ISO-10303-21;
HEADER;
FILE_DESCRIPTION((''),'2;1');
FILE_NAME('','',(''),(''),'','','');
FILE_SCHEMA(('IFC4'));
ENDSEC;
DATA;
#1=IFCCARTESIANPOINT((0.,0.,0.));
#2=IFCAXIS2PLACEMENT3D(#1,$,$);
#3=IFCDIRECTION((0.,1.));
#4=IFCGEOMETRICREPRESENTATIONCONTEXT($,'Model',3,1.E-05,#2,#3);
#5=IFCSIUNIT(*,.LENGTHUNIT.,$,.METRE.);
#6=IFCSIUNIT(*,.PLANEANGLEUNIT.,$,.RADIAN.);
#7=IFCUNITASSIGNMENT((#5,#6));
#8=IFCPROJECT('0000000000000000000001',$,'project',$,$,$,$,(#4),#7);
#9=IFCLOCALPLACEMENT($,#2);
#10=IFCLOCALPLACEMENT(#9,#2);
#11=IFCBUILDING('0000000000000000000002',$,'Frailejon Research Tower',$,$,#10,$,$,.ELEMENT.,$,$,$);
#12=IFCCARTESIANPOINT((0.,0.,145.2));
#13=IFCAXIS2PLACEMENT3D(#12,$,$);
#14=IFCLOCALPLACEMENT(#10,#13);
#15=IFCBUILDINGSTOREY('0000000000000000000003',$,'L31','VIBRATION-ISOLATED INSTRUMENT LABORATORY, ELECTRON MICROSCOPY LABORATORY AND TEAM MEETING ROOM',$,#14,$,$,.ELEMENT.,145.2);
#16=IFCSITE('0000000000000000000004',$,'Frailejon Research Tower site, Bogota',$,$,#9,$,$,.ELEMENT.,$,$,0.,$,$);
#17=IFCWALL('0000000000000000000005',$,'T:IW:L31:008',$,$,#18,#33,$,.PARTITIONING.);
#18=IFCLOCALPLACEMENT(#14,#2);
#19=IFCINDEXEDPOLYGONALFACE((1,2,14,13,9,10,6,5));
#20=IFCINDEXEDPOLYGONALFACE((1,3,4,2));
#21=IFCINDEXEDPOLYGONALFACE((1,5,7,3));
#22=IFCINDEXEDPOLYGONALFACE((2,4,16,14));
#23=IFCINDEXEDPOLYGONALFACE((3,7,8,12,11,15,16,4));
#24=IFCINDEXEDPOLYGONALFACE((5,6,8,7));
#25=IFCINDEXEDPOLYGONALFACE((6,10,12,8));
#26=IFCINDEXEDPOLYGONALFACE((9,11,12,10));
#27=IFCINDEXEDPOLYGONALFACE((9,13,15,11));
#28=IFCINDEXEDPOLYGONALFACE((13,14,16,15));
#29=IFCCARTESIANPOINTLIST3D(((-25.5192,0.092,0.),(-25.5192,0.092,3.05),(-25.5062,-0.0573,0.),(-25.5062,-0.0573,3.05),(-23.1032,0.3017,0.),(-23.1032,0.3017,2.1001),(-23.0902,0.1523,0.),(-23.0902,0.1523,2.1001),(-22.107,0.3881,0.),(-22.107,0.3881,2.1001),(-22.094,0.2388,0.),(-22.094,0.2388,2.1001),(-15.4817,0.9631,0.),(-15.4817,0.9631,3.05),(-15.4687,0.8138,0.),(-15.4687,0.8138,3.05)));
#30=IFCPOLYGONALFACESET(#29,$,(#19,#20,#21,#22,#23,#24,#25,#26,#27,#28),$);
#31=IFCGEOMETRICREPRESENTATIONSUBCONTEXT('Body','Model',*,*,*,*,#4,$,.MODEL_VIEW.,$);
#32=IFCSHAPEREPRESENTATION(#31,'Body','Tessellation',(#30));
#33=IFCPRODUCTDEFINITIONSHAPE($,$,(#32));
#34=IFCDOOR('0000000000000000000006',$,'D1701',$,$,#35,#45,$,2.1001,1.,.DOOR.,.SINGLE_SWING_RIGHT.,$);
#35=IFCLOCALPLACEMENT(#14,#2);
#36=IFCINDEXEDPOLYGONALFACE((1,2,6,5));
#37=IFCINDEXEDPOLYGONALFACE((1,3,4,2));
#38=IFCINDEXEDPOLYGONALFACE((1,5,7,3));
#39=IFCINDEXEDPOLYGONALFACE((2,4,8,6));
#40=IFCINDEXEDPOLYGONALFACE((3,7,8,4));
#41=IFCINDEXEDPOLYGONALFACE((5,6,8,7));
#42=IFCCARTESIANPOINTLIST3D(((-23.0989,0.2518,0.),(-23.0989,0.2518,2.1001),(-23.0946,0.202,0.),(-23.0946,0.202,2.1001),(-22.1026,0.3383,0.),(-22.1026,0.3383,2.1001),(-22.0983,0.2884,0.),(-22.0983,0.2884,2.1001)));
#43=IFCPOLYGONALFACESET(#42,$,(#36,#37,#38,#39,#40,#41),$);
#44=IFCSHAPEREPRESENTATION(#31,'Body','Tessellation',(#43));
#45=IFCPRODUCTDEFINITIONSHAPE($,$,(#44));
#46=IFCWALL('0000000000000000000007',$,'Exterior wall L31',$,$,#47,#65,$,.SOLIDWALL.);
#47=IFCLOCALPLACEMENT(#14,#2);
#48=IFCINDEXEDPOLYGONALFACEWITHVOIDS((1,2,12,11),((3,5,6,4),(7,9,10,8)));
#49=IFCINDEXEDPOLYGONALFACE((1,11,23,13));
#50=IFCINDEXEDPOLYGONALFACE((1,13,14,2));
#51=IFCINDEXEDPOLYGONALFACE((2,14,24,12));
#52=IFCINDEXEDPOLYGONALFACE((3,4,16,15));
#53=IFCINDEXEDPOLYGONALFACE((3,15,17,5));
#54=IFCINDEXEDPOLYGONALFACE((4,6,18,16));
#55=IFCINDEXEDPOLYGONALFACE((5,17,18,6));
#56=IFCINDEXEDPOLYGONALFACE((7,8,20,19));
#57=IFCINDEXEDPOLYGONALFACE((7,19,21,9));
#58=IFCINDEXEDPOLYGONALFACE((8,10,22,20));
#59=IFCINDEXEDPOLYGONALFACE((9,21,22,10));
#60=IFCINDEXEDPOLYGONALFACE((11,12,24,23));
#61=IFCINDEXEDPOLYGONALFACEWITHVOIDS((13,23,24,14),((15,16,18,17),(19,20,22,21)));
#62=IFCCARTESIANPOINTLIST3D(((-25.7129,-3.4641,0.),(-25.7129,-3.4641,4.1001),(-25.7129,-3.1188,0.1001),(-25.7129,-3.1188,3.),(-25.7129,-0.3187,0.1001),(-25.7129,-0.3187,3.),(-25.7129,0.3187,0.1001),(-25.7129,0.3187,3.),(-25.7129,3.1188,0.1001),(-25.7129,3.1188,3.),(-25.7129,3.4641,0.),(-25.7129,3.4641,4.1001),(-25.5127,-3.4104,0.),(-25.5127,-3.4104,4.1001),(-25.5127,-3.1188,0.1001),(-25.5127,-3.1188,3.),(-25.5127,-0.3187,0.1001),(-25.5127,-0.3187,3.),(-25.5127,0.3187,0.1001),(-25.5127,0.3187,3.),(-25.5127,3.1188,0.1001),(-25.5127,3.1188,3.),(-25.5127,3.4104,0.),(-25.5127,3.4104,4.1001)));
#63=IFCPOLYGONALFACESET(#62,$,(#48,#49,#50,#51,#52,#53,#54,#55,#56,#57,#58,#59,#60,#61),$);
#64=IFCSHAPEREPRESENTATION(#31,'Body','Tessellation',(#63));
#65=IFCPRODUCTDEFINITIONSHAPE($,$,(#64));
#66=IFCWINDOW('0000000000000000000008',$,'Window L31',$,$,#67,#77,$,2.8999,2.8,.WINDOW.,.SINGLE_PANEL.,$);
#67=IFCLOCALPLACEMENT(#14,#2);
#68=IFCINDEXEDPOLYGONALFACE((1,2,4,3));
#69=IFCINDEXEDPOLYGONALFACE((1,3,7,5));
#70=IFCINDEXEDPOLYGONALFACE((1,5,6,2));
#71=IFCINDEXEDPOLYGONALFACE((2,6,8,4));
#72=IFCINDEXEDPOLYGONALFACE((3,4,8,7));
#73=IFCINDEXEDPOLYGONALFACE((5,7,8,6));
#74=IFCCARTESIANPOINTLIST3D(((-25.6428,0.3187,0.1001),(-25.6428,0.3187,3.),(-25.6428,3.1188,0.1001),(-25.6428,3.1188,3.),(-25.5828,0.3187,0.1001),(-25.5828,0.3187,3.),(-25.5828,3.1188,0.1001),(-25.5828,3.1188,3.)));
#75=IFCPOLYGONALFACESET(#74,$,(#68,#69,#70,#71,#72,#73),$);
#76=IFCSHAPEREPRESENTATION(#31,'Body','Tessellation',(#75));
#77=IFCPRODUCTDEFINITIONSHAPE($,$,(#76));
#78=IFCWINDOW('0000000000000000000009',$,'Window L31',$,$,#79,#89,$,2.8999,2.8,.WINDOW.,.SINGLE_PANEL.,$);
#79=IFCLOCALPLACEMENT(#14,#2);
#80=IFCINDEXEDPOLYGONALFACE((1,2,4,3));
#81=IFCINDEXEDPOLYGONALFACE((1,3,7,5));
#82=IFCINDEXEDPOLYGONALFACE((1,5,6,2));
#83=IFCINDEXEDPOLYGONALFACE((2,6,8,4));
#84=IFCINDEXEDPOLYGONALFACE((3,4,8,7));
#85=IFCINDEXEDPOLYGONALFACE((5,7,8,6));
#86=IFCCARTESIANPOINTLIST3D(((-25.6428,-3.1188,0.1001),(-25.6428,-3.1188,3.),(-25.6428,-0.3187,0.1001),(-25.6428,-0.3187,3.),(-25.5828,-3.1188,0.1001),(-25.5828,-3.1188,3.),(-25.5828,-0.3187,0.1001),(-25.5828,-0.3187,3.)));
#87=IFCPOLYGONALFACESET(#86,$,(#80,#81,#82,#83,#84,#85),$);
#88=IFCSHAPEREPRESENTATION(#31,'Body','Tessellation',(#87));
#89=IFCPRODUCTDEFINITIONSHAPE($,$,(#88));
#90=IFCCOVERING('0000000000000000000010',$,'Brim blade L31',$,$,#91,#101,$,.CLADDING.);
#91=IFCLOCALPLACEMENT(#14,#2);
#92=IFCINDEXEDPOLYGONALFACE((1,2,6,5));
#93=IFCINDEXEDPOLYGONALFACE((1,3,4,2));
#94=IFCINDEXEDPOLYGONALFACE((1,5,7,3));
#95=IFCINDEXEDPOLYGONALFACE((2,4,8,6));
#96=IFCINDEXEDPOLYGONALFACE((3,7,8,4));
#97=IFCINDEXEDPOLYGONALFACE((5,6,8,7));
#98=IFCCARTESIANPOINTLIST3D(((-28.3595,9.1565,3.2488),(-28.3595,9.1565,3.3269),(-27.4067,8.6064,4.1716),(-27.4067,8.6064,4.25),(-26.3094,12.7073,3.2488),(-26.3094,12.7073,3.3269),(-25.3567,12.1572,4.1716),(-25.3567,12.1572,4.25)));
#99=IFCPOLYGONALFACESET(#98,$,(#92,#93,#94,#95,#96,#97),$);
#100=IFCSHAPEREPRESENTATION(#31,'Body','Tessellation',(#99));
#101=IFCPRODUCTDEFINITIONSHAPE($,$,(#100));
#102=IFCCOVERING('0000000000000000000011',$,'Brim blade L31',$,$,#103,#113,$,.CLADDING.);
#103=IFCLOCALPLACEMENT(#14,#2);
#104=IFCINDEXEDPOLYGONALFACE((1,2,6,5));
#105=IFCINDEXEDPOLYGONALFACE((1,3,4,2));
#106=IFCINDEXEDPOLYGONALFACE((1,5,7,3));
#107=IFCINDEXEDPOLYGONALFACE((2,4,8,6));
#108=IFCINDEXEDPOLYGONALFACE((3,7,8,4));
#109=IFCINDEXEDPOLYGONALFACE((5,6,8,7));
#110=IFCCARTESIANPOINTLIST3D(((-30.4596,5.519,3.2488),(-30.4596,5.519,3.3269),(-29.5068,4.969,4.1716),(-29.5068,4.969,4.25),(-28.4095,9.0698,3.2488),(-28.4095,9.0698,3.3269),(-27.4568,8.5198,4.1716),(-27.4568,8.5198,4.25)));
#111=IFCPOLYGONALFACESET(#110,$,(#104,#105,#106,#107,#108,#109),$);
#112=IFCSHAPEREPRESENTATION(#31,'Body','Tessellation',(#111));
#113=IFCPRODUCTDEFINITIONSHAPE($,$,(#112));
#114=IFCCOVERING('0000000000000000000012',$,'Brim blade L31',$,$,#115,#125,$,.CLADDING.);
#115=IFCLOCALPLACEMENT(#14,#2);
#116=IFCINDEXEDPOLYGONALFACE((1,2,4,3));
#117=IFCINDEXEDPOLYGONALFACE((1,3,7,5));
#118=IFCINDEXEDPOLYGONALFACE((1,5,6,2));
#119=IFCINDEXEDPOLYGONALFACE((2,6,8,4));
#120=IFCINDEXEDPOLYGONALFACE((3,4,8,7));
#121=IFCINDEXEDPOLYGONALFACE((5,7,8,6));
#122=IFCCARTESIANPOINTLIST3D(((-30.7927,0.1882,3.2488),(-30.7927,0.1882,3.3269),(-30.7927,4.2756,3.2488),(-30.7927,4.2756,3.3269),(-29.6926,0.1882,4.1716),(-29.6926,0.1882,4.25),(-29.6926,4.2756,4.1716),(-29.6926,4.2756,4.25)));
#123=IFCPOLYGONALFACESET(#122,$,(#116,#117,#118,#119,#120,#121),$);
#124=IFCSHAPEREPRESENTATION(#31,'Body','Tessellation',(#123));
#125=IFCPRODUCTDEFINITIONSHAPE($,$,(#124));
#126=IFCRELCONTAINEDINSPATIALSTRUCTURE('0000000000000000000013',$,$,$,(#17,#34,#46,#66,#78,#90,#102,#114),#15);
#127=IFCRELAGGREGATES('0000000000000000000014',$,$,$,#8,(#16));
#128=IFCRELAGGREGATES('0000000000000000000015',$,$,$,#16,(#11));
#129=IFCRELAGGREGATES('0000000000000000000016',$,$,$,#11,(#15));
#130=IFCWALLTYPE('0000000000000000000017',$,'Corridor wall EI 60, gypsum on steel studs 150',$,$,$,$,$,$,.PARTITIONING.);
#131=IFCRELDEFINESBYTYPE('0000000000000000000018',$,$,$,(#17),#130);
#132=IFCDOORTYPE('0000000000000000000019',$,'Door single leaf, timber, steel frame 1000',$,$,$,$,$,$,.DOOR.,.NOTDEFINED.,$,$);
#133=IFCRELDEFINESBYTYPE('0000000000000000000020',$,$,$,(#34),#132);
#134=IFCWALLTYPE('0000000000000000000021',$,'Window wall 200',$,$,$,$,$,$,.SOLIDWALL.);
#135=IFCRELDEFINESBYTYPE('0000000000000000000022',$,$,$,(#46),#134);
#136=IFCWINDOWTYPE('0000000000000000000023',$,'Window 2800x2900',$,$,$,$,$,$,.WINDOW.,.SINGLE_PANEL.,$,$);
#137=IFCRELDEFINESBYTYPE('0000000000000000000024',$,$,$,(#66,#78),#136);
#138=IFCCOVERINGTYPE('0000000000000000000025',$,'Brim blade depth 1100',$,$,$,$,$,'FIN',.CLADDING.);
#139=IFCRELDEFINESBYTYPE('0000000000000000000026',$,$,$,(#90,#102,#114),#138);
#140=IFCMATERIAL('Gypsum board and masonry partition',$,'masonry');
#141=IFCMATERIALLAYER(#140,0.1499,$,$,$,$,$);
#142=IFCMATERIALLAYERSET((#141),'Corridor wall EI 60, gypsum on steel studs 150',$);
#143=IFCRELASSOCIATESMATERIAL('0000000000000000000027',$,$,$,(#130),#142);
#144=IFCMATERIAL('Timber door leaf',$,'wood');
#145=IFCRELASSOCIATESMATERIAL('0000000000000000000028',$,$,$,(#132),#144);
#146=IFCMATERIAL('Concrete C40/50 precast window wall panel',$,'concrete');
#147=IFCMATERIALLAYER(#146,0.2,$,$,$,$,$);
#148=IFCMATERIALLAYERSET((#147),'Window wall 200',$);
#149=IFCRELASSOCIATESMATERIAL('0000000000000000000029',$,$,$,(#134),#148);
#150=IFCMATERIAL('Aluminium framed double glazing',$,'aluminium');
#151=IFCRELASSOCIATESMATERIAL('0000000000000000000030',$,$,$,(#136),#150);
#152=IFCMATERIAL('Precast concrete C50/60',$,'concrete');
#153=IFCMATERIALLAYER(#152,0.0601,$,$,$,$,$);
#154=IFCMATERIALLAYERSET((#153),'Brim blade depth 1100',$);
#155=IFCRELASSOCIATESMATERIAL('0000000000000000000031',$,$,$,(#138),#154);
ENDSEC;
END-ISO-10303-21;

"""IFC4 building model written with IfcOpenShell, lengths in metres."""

from ifc_helpers import new_model, si_unit, direction, frame, frame_2d, origin, place, context, subcontext, project, spatial, polyline, rectangle, outline, extrude, material, layer, layer_set, type_object, element, fill, save


model = new_model("IFC4")

# Units and contexts
model_context = context("Model", 3, precision=1e-05, world=origin(), true_north=direction((0.0, 1.0)))
body_context = subcontext(model_context, "Body", "Model", "MODEL_VIEW")
ifc_project = project(units=[si_unit("LENGTHUNIT", "METRE"), si_unit("PLANEANGLEUNIT", "RADIAN")], contexts=[model_context])

# Site, building, storey
site_placement = place(None, origin())
site = spatial("IfcSite", under=ifc_project, at=site_placement, Name="Frailejon Research Tower site, Bogota", CompositionType="ELEMENT", RefElevation=0.0)
building_placement = place(site_placement, origin())
building = spatial("IfcBuilding", under=site, at=building_placement, Name="Frailejon Research Tower", CompositionType="ELEMENT")
storey_placement = place(building_placement, frame((0.0, 0.0, 145.2)))
storey = spatial("IfcBuildingStorey", under=building, at=storey_placement, Name="L31", Description="VIBRATION-ISOLATED INSTRUMENT LABORATORY, ELECTRON MICROSCOPY LABORATORY AND TEAM MEETING ROOM", CompositionType="ELEMENT", Elevation=145.2)

# Wall, opening, door
ifc_material_1 = material(Name="Gypsum board and masonry partition", Category="masonry")
ifc_layer_1 = layer(ifc_material_1, 0.1499)
ifc_layer_set_1 = layer_set([ifc_layer_1], Name="Corridor wall EI 60, gypsum on steel studs 150")
wall_type_1 = type_object("IfcWallType", Name="Corridor wall EI 60, gypsum on steel studs 150", PredefinedType="PARTITIONING", material=ifc_layer_set_1)
ifc_material_2 = material(Name="Timber door leaf", Category="wood")
door_type = type_object("IfcDoorType", Name="Door single leaf, timber, steel frame 1000", OperationType="NOTDEFINED", PredefinedType="DOOR", material=ifc_material_2)
wall_1_placement = place(storey_placement, frame((-25.5127, 0.0173, 0.0), z_axis=(0.0, 0.0, 1.0), x_axis=(0.996255, 0.08646, 0.0)))
wall_1 = element("IfcWall", 1, at=wall_1_placement, inside=storey, type_object=wall_type_1, Name="T:IW:L31:008", PredefinedType="PARTITIONING", context=body_context, shape_type="SweptSolid", body=[
    extrude(rectangle(XDim=10.0752, YDim=0.1499, at=frame_2d((5.0376, 0.0))), origin(), (0.0, 0.0, 1.0), 3.05),
])
opening_1_placement = place(wall_1_placement, frame((2.425, 0.0, 0.0)))
opening_1 = element("IfcOpeningElement", 2, at=opening_1_placement, cuts=wall_1, PredefinedType="OPENING", context=body_context, shape_type="SweptSolid", body=[
    extrude(rectangle(XDim=1.0, YDim=2.1001, at=frame_2d((0.5, 1.05))), frame((0.0, 0.085, 0.0), z_axis=(0.0, -1.0, 0.0), x_axis=(1.0, 0.0, 0.0)), (0.0, 0.0, 1.0), 0.1699),
])
door_1_placement = place(opening_1_placement, origin())
door_1 = element("IfcDoor", 3, at=door_1_placement, inside=storey, type_object=door_type, Name="D1701", OperationType="SINGLE_SWING_RIGHT", OverallHeight=2.1001, OverallWidth=1.0, PredefinedType="DOOR", context=body_context, shape_type="SweptSolid", body=[
    extrude(rectangle(XDim=1.0, YDim=2.1001, at=frame_2d((0.5, 1.05))), frame((0.0, 0.0249, 0.0), z_axis=(0.0, -1.0, 0.0), x_axis=(1.0, 0.0, 0.0)), (0.0, 0.0, 1.0), 0.05),
])
fill(opening_1, door_1)

# Wall, openings, windows
ifc_material_3 = material(Name="Concrete C40/50 precast window wall panel", Category="concrete")
ifc_layer_2 = layer(ifc_material_3, 0.2)
ifc_layer_set_2 = layer_set([ifc_layer_2], Name="Window wall 200")
wall_type_2 = type_object("IfcWallType", Name="Window wall 200", PredefinedType="SOLIDWALL", material=ifc_layer_set_2)
wall_2_placement = place(storey_placement, frame((-25.6128, 3.4373, 0.0), z_axis=(0.0, 0.0, 1.0), x_axis=(0.0, -1.0, 0.0)))
wall_2 = element("IfcWall", 4, at=wall_2_placement, inside=storey, type_object=wall_type_2, Name="Exterior wall L31", PredefinedType="SOLIDWALL", context=body_context, shape_type="SweptSolid", body=[
    extrude(outline(polyline([(-0.0269, -0.1001), (1.1279, -0.1001), (2.2825, -0.1001), (3.4373, -0.1001), (4.592, -0.1001), (5.7466, -0.1001), (6.9014, -0.1001), (6.8477, 0.1001), (5.7109, 0.1001), (4.574, 0.1001), (3.4373, 0.1001), (2.3005, 0.1001), (1.1636, 0.1001), (0.0269, 0.1001), (-0.0269, -0.1001)])), origin(), (0.0, 0.0, 1.0), 4.1001),
])
opening_2_placement = place(wall_2_placement, frame((0.3186, 0.0, 0.1001)))
opening_2 = element("IfcOpeningElement", 5, at=opening_2_placement, cuts=wall_2, PredefinedType="OPENING", context=body_context, shape_type="SweptSolid", body=[
    extrude(rectangle(XDim=2.8, YDim=2.8999, at=frame_2d((1.3999, 1.45))), frame((0.0, 0.1099, 0.0), z_axis=(0.0, -1.0, 0.0), x_axis=(1.0, 0.0, 0.0)), (0.0, 0.0, 1.0), 0.22),
])
opening_3_placement = place(wall_2_placement, frame((3.7561, 0.0, 0.1001)))
opening_3 = element("IfcOpeningElement", 6, at=opening_3_placement, cuts=wall_2, PredefinedType="OPENING", context=body_context, shape_type="SweptSolid", body=[
    extrude(rectangle(XDim=2.8, YDim=2.8999, at=frame_2d((1.3999, 1.45))), frame((0.0, 0.1099, 0.0), z_axis=(0.0, -1.0, 0.0), x_axis=(1.0, 0.0, 0.0)), (0.0, 0.0, 1.0), 0.22),
])
ifc_material_4 = material(Name="Aluminium framed double glazing", Category="aluminium")
window_type = type_object("IfcWindowType", Name="Window 2800x2900", PartitioningType="SINGLE_PANEL", PredefinedType="WINDOW", material=ifc_material_4)
window_1_placement = place(opening_2_placement, origin())
window_1 = element("IfcWindow", 7, at=window_1_placement, inside=storey, type_object=window_type, Name="Window L31", OverallHeight=2.8999, OverallWidth=2.8, PartitioningType="SINGLE_PANEL", PredefinedType="WINDOW", context=body_context, shape_type="SweptSolid", body=[
    extrude(rectangle(XDim=2.8, YDim=2.8999, at=frame_2d((1.3999, 1.45))), frame((0.0, 0.03, 0.0), z_axis=(0.0, -1.0, 0.0), x_axis=(1.0, 0.0, 0.0)), (0.0, 0.0, 1.0), 0.0601),
])
fill(opening_2, window_1)
window_2_placement = place(opening_3_placement, origin())
window_2 = element("IfcWindow", 8, at=window_2_placement, inside=storey, type_object=window_type, Name="Window L31", OverallHeight=2.8999, OverallWidth=2.8, PartitioningType="SINGLE_PANEL", PredefinedType="WINDOW", context=body_context, shape_type="SweptSolid", body=[
    extrude(rectangle(XDim=2.8, YDim=2.8999, at=frame_2d((1.3999, 1.45))), frame((0.0, 0.03, 0.0), z_axis=(0.0, -1.0, 0.0), x_axis=(1.0, 0.0, 0.0)), (0.0, 0.0, 1.0), 0.0601),
])
fill(opening_3, window_2)

# Coverings
ifc_material_5 = material(Name="Precast concrete C50/60", Category="concrete")
ifc_layer_3 = layer(ifc_material_5, 0.0601)
ifc_layer_set_3 = layer_set([ifc_layer_3], Name="Brim blade depth 1100")
covering_type = type_object("IfcCoveringType", Name="Brim blade depth 1100", ElementType="FIN", PredefinedType="CLADDING", material=ifc_layer_set_3)
for number, where, z_axis, x_axis, name in (
    (9, (-27.4067, 8.6064, 4.25), (0.500001, 0.866025, 0.0), (-0.866025, 0.500001, 0.0), "Brim blade L31"),
    (10, (-29.5068, 4.969, 4.25), (0.49999, 0.866031, 0.0), (-0.866031, 0.49999, 0.0), "Brim blade L31"),
):
    element("IfcCovering", number, at=place(storey_placement, frame(where, z_axis=z_axis, x_axis=x_axis)), inside=storey, type_object=covering_type, Name=name, PredefinedType="CLADDING", context=body_context, shape_type="SweptSolid", body=[
        extrude(outline(polyline([(0.0, -0.0784), (1.1001, -1.0012), (1.1001, -0.9231), (0.0, 0.0), (0.0, -0.0784)])), origin(), (0.0, 0.0, 1.0), 4.1001),
    ])
covering_placement = place(storey_placement, frame((-29.6926, 0.1882, 4.25), z_axis=(0.0, 1.0, 0.0), x_axis=(-1.0, 0.0, 0.0)))
element("IfcCovering", 11, at=covering_placement, inside=storey, type_object=covering_type, Name="Brim blade L31", PredefinedType="CLADDING", context=body_context, shape_type="SweptSolid", body=[
    extrude(outline(polyline([(0.0, -0.0784), (1.1001, -1.0012), (1.1001, -0.9231), (0.0, 0.0), (0.0, -0.0784)])), origin(), (0.0, 0.0, 1.0), 4.0874),
])

save(model, "model.ifc")
